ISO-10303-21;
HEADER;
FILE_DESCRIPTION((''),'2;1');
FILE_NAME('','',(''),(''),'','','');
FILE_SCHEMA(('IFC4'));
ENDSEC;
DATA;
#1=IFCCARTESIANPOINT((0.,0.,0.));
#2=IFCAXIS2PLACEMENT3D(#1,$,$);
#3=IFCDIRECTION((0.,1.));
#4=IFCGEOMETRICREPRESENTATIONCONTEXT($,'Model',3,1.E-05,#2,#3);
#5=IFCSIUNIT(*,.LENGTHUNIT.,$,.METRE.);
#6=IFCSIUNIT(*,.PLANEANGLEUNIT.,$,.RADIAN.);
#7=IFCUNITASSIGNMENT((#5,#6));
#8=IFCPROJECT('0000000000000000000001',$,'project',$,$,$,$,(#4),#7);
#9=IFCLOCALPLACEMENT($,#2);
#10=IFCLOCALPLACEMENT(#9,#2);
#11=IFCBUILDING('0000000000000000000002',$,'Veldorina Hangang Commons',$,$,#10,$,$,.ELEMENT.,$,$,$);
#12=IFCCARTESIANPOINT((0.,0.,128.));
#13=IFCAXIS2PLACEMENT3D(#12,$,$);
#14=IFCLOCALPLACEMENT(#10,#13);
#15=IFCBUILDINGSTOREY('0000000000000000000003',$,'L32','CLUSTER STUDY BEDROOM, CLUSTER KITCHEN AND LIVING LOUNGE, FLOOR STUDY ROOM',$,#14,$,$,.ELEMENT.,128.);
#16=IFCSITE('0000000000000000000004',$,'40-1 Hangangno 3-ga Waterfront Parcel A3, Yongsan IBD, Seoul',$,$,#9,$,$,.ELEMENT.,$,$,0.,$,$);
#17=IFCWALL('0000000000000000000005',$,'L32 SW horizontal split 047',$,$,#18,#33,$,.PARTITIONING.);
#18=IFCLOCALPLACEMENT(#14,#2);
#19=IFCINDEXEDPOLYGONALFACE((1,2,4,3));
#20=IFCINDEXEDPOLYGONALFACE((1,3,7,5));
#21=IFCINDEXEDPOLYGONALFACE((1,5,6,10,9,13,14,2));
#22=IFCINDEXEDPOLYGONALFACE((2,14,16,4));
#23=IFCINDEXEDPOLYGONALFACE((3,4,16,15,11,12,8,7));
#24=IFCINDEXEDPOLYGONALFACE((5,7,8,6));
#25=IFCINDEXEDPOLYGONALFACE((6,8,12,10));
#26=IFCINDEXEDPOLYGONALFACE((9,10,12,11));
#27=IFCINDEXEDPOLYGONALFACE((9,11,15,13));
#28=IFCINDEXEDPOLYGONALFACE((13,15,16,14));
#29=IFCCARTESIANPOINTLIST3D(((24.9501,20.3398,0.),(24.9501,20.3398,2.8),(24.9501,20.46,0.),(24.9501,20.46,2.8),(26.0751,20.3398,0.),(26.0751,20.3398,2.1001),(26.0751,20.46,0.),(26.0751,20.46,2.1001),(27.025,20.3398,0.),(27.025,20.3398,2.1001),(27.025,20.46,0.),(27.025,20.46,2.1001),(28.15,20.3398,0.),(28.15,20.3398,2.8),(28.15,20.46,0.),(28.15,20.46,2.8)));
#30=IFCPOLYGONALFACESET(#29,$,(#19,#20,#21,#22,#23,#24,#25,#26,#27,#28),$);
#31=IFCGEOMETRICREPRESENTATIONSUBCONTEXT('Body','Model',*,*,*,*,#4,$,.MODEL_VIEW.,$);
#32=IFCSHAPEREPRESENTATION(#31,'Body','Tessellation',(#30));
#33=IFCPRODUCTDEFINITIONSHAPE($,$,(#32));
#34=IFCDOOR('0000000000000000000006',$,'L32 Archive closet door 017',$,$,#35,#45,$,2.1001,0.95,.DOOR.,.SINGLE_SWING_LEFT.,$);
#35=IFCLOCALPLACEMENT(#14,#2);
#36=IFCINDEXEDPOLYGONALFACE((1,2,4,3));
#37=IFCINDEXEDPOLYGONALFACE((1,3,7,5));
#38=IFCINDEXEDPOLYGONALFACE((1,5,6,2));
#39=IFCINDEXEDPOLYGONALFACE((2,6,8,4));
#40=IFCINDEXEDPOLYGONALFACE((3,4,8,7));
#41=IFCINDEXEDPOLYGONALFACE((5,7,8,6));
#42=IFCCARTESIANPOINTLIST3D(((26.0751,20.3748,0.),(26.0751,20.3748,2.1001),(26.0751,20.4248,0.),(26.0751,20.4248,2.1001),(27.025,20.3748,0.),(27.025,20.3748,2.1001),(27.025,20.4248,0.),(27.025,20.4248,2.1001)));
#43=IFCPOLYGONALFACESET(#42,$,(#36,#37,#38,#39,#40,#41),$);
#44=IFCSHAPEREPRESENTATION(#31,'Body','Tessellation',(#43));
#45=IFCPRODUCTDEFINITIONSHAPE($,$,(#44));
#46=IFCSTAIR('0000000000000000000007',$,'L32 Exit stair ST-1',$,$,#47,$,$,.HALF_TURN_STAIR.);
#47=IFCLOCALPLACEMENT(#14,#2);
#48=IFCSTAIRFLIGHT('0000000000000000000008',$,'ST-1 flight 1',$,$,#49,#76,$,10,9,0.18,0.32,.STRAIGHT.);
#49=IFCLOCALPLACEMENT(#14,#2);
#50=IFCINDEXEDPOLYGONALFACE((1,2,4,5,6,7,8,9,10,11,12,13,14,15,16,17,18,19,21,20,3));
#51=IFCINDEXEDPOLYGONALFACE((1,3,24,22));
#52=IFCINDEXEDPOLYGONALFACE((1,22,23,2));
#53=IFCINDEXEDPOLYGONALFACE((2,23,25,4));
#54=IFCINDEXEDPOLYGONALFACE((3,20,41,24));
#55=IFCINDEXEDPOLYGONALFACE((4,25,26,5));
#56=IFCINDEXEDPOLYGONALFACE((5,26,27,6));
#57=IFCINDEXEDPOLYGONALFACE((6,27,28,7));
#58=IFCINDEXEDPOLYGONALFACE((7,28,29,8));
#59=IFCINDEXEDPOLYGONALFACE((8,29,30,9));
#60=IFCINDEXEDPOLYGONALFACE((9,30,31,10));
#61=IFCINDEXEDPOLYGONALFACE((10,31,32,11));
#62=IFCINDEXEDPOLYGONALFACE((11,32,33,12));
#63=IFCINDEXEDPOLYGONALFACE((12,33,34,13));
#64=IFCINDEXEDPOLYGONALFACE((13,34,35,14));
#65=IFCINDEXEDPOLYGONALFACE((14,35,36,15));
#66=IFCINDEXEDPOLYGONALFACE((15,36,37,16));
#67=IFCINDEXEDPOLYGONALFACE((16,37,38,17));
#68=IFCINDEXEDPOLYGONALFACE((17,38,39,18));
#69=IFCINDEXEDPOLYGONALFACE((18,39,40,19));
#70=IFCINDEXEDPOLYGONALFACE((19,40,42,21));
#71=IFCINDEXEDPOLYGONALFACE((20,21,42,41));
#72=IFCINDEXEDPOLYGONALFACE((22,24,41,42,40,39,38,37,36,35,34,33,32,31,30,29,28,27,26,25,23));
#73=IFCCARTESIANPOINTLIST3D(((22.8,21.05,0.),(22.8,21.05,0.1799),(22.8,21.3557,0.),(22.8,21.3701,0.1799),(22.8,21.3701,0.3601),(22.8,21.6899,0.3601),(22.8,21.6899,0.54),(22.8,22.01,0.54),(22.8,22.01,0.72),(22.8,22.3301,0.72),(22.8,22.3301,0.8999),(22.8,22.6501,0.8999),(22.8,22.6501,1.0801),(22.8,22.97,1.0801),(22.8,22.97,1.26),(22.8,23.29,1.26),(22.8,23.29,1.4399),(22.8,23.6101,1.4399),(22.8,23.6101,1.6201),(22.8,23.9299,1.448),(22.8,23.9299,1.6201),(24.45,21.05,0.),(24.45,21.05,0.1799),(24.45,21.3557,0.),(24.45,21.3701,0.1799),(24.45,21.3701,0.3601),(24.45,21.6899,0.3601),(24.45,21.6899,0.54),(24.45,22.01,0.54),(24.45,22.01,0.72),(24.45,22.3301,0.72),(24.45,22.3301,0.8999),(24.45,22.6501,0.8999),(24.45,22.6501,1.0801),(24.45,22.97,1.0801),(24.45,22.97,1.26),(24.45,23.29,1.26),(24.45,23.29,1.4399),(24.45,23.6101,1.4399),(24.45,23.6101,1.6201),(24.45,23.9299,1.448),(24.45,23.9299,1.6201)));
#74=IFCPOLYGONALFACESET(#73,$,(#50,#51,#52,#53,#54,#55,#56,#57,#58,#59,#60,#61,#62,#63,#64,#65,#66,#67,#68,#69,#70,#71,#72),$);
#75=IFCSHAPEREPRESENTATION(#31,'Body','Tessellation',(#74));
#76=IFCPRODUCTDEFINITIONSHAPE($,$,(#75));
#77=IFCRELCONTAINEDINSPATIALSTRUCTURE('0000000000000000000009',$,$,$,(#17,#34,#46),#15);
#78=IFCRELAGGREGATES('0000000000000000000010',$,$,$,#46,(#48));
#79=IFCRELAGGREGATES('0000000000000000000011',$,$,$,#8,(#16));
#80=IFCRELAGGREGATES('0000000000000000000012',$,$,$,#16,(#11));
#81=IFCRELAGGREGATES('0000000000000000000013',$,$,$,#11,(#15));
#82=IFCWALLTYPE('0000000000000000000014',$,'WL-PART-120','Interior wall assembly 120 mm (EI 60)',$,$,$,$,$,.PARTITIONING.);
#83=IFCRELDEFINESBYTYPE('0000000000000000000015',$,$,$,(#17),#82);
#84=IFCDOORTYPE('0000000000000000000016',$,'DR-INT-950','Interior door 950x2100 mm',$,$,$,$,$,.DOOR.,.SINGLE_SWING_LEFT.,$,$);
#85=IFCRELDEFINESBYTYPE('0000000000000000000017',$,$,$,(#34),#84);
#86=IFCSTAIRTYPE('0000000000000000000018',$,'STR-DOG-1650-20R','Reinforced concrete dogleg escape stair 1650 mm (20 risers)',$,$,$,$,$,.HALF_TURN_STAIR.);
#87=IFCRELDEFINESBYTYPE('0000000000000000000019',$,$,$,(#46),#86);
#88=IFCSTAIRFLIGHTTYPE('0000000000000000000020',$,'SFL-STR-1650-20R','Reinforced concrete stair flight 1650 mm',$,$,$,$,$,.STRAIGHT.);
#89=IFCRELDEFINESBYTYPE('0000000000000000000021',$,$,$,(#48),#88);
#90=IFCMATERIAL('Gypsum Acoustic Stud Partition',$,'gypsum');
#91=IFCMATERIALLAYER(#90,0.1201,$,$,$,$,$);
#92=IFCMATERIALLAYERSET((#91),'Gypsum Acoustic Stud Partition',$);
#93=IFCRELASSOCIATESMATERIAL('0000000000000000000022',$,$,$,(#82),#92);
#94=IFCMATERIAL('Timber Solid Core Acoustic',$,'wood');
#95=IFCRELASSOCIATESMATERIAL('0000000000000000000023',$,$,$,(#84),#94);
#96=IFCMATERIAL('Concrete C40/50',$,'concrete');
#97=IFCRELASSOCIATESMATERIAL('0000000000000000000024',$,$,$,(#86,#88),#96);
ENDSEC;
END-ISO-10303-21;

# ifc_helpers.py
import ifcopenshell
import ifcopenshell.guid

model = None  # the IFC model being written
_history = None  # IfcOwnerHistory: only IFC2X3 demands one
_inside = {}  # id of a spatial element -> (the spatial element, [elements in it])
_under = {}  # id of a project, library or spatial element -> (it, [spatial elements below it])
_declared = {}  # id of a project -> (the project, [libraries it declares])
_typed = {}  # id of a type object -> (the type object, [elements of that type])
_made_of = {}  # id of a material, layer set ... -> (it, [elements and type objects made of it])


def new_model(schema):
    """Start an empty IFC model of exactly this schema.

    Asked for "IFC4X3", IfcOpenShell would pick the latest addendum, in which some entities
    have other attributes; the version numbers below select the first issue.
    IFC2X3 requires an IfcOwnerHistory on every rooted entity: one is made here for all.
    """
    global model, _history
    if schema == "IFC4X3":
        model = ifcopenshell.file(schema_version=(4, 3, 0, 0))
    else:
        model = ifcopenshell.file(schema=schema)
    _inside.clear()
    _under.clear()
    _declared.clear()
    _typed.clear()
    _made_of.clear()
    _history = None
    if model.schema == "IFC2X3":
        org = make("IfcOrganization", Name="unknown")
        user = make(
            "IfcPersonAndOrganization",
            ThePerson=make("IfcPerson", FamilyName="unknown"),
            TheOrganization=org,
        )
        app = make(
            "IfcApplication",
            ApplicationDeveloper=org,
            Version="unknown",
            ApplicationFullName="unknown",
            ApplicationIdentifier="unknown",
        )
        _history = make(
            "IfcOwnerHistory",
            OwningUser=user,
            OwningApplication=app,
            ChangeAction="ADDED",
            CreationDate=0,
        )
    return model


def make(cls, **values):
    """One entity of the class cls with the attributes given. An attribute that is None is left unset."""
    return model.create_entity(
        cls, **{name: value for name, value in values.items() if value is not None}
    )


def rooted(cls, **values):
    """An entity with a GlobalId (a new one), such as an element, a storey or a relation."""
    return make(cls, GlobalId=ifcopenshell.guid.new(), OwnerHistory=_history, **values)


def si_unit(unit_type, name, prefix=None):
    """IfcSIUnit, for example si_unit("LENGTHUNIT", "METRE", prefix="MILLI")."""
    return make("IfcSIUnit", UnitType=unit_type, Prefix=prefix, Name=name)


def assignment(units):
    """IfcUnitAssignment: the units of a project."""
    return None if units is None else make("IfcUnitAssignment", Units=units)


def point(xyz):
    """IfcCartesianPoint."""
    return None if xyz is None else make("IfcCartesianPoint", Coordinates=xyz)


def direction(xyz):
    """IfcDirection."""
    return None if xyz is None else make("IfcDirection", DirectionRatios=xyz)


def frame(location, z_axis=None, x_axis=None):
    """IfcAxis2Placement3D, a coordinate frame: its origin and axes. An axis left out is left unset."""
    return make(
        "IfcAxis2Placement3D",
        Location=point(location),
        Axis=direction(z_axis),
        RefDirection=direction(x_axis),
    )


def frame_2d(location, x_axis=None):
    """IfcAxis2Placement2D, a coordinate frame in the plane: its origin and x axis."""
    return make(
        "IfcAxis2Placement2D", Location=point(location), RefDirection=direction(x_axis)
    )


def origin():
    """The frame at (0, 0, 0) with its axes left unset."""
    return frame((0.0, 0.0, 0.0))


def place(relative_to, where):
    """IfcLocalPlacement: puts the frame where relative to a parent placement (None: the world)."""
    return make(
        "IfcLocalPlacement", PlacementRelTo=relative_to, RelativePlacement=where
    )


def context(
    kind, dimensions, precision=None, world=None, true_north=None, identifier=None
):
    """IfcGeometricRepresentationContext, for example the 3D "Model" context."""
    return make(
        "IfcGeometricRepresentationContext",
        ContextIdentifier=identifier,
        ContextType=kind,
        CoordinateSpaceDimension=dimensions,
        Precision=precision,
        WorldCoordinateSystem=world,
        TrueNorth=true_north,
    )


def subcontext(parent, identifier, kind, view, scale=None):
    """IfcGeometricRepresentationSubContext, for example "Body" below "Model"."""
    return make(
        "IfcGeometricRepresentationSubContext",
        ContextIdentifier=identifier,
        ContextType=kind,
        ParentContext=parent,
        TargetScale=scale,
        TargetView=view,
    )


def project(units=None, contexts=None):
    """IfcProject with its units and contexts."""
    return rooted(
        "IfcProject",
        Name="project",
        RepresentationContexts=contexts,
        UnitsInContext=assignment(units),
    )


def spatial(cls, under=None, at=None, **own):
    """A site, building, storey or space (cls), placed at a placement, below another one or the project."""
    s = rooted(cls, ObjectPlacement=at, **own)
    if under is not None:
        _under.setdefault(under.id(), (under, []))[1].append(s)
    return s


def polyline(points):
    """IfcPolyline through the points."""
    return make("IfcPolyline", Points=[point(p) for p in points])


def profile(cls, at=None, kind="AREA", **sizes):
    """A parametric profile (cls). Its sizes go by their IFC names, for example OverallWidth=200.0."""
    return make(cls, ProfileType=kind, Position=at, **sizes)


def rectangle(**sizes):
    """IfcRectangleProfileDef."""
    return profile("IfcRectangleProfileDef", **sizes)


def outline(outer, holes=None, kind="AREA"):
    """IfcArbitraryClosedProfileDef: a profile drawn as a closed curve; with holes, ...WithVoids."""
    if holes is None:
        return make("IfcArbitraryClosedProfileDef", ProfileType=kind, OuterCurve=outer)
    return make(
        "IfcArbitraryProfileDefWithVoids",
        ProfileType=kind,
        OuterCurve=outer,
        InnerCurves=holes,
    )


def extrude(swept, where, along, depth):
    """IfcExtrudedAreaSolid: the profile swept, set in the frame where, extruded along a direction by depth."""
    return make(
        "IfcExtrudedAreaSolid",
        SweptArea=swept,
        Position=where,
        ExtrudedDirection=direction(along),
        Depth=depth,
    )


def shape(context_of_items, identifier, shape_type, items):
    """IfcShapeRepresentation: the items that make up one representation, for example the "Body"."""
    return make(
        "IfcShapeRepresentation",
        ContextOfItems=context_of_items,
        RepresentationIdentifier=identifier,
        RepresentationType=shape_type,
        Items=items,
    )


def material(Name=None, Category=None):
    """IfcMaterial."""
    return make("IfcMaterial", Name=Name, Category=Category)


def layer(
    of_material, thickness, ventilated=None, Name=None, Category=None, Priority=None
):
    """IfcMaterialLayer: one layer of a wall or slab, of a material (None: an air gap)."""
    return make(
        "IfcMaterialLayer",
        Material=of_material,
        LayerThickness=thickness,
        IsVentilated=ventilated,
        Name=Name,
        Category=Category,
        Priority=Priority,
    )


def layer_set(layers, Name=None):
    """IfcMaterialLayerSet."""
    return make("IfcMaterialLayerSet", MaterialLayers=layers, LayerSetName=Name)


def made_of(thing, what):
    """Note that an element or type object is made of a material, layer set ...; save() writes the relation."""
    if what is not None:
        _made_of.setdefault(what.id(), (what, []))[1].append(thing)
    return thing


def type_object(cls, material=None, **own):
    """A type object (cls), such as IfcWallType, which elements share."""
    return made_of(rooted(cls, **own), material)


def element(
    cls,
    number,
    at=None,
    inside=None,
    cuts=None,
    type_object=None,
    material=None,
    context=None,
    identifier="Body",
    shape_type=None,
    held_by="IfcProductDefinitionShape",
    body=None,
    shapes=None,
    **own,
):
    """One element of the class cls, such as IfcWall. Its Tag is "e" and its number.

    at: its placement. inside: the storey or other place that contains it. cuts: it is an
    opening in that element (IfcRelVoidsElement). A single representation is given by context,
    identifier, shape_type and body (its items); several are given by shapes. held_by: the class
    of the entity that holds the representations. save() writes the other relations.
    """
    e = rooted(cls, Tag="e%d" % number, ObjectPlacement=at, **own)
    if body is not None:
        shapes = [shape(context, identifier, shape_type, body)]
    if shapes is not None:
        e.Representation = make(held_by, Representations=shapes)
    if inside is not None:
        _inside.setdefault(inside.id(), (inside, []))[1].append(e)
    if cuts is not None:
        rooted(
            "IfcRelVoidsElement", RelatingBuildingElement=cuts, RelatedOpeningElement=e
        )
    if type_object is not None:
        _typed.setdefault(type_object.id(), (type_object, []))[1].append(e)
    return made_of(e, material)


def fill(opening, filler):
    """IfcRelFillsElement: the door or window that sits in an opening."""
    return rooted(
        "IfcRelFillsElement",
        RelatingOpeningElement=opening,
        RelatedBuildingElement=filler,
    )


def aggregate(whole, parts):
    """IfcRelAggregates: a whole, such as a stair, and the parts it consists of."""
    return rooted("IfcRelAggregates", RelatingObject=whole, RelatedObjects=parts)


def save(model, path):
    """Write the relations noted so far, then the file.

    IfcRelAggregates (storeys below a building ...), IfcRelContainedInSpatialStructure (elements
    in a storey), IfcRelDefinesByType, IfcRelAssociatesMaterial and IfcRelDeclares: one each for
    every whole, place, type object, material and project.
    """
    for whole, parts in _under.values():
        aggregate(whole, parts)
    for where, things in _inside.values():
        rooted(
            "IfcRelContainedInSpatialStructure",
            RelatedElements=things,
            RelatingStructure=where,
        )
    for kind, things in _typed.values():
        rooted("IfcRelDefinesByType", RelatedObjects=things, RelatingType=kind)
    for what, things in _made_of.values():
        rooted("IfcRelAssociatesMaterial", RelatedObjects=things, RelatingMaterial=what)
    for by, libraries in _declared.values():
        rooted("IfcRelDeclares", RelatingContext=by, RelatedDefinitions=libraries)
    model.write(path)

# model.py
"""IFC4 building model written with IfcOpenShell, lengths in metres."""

from ifc_helpers import new_model, si_unit, direction, frame, frame_2d, origin, place, context, subcontext, project, spatial, polyline, rectangle, outline, extrude, material, layer, layer_set, type_object, element, fill, aggregate, save


model = new_model("IFC4")

# Units and contexts
model_context = context("Model", 3, precision=1e-05, world=origin(), true_north=direction((0.0, 1.0)))
body_context = subcontext(model_context, "Body", "Model", "MODEL_VIEW")
ifc_project = project(units=[si_unit("LENGTHUNIT", "METRE"), si_unit("PLANEANGLEUNIT", "RADIAN")], contexts=[model_context])

# Site, building, storey
site_placement = place(None, origin())
site = spatial("IfcSite", under=ifc_project, at=site_placement, Name="40-1 Hangangno 3-ga Waterfront Parcel A3, Yongsan IBD, Seoul", CompositionType="ELEMENT", RefElevation=0.0)
building_placement = place(site_placement, origin())
building = spatial("IfcBuilding", under=site, at=building_placement, Name="Veldorina Hangang Commons", CompositionType="ELEMENT")
storey_placement = place(building_placement, frame((0.0, 0.0, 128.0)))
storey = spatial("IfcBuildingStorey", under=building, at=storey_placement, Name="L32", Description="CLUSTER STUDY BEDROOM, CLUSTER KITCHEN AND LIVING LOUNGE, FLOOR STUDY ROOM", CompositionType="ELEMENT", Elevation=128.0)

# Wall, opening, door
ifc_material_1 = material(Name="Gypsum Acoustic Stud Partition", Category="gypsum")
ifc_layer_1 = layer(ifc_material_1, 0.1201)
ifc_layer_set_1 = layer_set([ifc_layer_1], Name="Gypsum Acoustic Stud Partition")
wall_type_1 = type_object("IfcWallType", Name="WL-PART-120", Description="Interior wall assembly 120 mm (EI 60)", PredefinedType="PARTITIONING", material=ifc_layer_set_1)
ifc_material_2 = material(Name="Timber Solid Core Acoustic", Category="wood")
door_type_1 = type_object("IfcDoorType", Name="DR-INT-950", Description="Interior door 950x2100 mm", OperationType="SINGLE_SWING_LEFT", PredefinedType="DOOR", material=ifc_material_2)
wall_1_placement = place(storey_placement, frame((24.95, 20.3999, 0.0), z_axis=(0.0, 0.0, 1.0), x_axis=(1.0, 0.0, 0.0)))
wall_1 = element("IfcWall", 1, at=wall_1_placement, inside=storey, type_object=wall_type_1, Name="L32 SW horizontal split 047", PredefinedType="PARTITIONING", context=body_context, shape_type="SweptSolid", body=[
    extrude(rectangle(XDim=3.2, YDim=0.1201, at=frame_2d((1.6001, 0.0))), origin(), (0.0, 0.0, 1.0), 2.8),
])
opening_1_placement = place(wall_1_placement, frame((1.125, 0.0, 0.0)))
opening_1 = element("IfcOpeningElement", 2, at=opening_1_placement, cuts=wall_1, PredefinedType="OPENING", context=body_context, shape_type="SweptSolid", body=[
    extrude(rectangle(XDim=0.95, YDim=2.1001, at=frame_2d((0.4751, 1.05))), frame((0.0, 0.0701, 0.0), z_axis=(0.0, -1.0, 0.0), x_axis=(1.0, 0.0, 0.0)), (0.0, 0.0, 1.0), 0.1401),
])
door_1_placement = place(opening_1_placement, origin())
door_1 = element("IfcDoor", 3, at=door_1_placement, inside=storey, type_object=door_type_1, Name="L32 Archive closet door 017", OperationType="SINGLE_SWING_LEFT", OverallHeight=2.1001, OverallWidth=0.95, PredefinedType="DOOR", context=body_context, shape_type="SweptSolid", body=[
    extrude(rectangle(XDim=0.95, YDim=2.1001, at=frame_2d((0.4751, 1.05))), frame((0.0, 0.0249, 0.0), z_axis=(0.0, -1.0, 0.0), x_axis=(1.0, 0.0, 0.0)), (0.0, 0.0, 1.0), 0.05),
])
fill(opening_1, door_1)

# Stair, stair flight
ifc_material_3 = material(Name="Concrete C40/50", Category="concrete")
stair_type = type_object("IfcStairType", Name="STR-DOG-1650-20R", Description="Reinforced concrete dogleg escape stair 1650 mm (20 risers)", PredefinedType="HALF_TURN_STAIR", material=ifc_material_3)
stair_placement = place(storey_placement, origin())
stair = element("IfcStair", 4, at=stair_placement, inside=storey, type_object=stair_type, Name="L32 Exit stair ST-1", PredefinedType="HALF_TURN_STAIR")
stair_flight_type = type_object("IfcStairFlightType", Name="SFL-STR-1650-20R", Description="Reinforced concrete stair flight 1650 mm", PredefinedType="STRAIGHT", material=ifc_material_3)
stair_flight_placement = place(storey_placement, frame((23.625, 21.05, 0.0), z_axis=(0.0, 0.0, 1.0), x_axis=(0.0, 1.0, 0.0)))
stair_flight = element("IfcStairFlight", 5, at=stair_flight_placement, type_object=stair_flight_type, Name="ST-1 flight 1", NumberOfRisers=10, NumberOfTreads=9, PredefinedType="STRAIGHT", RiserHeight=0.18, TreadLength=0.32, context=body_context, shape_type="SweptSolid", body=[
    extrude(outline(polyline([(0.0, 0.0), (0.0, 0.1799), (0.3201, 0.1799), (0.3201, 0.3601), (0.6399, 0.3601), (0.6399, 0.54), (0.96, 0.54), (0.96, 0.72), (1.28, 0.72), (1.28, 0.8999), (1.6001, 0.8999), (1.6001, 1.0801), (1.9199, 1.0801), (1.9199, 1.26), (2.24, 1.26), (2.24, 1.4399), (2.5601, 1.4399), (2.5601, 1.6201), (2.8799, 1.6201), (2.8799, 1.8), (2.8799, 1.448), (0.3057, 0.0), (0.0, 0.0)])), frame((0.0, 0.825, 0.0), z_axis=(0.0, -1.0, 0.0), x_axis=(1.0, 0.0, 0.0)), (0.0, 0.0, 1.0), 1.6499),
])
aggregate(stair, [stair_flight])

save(model, "model.ifc")
